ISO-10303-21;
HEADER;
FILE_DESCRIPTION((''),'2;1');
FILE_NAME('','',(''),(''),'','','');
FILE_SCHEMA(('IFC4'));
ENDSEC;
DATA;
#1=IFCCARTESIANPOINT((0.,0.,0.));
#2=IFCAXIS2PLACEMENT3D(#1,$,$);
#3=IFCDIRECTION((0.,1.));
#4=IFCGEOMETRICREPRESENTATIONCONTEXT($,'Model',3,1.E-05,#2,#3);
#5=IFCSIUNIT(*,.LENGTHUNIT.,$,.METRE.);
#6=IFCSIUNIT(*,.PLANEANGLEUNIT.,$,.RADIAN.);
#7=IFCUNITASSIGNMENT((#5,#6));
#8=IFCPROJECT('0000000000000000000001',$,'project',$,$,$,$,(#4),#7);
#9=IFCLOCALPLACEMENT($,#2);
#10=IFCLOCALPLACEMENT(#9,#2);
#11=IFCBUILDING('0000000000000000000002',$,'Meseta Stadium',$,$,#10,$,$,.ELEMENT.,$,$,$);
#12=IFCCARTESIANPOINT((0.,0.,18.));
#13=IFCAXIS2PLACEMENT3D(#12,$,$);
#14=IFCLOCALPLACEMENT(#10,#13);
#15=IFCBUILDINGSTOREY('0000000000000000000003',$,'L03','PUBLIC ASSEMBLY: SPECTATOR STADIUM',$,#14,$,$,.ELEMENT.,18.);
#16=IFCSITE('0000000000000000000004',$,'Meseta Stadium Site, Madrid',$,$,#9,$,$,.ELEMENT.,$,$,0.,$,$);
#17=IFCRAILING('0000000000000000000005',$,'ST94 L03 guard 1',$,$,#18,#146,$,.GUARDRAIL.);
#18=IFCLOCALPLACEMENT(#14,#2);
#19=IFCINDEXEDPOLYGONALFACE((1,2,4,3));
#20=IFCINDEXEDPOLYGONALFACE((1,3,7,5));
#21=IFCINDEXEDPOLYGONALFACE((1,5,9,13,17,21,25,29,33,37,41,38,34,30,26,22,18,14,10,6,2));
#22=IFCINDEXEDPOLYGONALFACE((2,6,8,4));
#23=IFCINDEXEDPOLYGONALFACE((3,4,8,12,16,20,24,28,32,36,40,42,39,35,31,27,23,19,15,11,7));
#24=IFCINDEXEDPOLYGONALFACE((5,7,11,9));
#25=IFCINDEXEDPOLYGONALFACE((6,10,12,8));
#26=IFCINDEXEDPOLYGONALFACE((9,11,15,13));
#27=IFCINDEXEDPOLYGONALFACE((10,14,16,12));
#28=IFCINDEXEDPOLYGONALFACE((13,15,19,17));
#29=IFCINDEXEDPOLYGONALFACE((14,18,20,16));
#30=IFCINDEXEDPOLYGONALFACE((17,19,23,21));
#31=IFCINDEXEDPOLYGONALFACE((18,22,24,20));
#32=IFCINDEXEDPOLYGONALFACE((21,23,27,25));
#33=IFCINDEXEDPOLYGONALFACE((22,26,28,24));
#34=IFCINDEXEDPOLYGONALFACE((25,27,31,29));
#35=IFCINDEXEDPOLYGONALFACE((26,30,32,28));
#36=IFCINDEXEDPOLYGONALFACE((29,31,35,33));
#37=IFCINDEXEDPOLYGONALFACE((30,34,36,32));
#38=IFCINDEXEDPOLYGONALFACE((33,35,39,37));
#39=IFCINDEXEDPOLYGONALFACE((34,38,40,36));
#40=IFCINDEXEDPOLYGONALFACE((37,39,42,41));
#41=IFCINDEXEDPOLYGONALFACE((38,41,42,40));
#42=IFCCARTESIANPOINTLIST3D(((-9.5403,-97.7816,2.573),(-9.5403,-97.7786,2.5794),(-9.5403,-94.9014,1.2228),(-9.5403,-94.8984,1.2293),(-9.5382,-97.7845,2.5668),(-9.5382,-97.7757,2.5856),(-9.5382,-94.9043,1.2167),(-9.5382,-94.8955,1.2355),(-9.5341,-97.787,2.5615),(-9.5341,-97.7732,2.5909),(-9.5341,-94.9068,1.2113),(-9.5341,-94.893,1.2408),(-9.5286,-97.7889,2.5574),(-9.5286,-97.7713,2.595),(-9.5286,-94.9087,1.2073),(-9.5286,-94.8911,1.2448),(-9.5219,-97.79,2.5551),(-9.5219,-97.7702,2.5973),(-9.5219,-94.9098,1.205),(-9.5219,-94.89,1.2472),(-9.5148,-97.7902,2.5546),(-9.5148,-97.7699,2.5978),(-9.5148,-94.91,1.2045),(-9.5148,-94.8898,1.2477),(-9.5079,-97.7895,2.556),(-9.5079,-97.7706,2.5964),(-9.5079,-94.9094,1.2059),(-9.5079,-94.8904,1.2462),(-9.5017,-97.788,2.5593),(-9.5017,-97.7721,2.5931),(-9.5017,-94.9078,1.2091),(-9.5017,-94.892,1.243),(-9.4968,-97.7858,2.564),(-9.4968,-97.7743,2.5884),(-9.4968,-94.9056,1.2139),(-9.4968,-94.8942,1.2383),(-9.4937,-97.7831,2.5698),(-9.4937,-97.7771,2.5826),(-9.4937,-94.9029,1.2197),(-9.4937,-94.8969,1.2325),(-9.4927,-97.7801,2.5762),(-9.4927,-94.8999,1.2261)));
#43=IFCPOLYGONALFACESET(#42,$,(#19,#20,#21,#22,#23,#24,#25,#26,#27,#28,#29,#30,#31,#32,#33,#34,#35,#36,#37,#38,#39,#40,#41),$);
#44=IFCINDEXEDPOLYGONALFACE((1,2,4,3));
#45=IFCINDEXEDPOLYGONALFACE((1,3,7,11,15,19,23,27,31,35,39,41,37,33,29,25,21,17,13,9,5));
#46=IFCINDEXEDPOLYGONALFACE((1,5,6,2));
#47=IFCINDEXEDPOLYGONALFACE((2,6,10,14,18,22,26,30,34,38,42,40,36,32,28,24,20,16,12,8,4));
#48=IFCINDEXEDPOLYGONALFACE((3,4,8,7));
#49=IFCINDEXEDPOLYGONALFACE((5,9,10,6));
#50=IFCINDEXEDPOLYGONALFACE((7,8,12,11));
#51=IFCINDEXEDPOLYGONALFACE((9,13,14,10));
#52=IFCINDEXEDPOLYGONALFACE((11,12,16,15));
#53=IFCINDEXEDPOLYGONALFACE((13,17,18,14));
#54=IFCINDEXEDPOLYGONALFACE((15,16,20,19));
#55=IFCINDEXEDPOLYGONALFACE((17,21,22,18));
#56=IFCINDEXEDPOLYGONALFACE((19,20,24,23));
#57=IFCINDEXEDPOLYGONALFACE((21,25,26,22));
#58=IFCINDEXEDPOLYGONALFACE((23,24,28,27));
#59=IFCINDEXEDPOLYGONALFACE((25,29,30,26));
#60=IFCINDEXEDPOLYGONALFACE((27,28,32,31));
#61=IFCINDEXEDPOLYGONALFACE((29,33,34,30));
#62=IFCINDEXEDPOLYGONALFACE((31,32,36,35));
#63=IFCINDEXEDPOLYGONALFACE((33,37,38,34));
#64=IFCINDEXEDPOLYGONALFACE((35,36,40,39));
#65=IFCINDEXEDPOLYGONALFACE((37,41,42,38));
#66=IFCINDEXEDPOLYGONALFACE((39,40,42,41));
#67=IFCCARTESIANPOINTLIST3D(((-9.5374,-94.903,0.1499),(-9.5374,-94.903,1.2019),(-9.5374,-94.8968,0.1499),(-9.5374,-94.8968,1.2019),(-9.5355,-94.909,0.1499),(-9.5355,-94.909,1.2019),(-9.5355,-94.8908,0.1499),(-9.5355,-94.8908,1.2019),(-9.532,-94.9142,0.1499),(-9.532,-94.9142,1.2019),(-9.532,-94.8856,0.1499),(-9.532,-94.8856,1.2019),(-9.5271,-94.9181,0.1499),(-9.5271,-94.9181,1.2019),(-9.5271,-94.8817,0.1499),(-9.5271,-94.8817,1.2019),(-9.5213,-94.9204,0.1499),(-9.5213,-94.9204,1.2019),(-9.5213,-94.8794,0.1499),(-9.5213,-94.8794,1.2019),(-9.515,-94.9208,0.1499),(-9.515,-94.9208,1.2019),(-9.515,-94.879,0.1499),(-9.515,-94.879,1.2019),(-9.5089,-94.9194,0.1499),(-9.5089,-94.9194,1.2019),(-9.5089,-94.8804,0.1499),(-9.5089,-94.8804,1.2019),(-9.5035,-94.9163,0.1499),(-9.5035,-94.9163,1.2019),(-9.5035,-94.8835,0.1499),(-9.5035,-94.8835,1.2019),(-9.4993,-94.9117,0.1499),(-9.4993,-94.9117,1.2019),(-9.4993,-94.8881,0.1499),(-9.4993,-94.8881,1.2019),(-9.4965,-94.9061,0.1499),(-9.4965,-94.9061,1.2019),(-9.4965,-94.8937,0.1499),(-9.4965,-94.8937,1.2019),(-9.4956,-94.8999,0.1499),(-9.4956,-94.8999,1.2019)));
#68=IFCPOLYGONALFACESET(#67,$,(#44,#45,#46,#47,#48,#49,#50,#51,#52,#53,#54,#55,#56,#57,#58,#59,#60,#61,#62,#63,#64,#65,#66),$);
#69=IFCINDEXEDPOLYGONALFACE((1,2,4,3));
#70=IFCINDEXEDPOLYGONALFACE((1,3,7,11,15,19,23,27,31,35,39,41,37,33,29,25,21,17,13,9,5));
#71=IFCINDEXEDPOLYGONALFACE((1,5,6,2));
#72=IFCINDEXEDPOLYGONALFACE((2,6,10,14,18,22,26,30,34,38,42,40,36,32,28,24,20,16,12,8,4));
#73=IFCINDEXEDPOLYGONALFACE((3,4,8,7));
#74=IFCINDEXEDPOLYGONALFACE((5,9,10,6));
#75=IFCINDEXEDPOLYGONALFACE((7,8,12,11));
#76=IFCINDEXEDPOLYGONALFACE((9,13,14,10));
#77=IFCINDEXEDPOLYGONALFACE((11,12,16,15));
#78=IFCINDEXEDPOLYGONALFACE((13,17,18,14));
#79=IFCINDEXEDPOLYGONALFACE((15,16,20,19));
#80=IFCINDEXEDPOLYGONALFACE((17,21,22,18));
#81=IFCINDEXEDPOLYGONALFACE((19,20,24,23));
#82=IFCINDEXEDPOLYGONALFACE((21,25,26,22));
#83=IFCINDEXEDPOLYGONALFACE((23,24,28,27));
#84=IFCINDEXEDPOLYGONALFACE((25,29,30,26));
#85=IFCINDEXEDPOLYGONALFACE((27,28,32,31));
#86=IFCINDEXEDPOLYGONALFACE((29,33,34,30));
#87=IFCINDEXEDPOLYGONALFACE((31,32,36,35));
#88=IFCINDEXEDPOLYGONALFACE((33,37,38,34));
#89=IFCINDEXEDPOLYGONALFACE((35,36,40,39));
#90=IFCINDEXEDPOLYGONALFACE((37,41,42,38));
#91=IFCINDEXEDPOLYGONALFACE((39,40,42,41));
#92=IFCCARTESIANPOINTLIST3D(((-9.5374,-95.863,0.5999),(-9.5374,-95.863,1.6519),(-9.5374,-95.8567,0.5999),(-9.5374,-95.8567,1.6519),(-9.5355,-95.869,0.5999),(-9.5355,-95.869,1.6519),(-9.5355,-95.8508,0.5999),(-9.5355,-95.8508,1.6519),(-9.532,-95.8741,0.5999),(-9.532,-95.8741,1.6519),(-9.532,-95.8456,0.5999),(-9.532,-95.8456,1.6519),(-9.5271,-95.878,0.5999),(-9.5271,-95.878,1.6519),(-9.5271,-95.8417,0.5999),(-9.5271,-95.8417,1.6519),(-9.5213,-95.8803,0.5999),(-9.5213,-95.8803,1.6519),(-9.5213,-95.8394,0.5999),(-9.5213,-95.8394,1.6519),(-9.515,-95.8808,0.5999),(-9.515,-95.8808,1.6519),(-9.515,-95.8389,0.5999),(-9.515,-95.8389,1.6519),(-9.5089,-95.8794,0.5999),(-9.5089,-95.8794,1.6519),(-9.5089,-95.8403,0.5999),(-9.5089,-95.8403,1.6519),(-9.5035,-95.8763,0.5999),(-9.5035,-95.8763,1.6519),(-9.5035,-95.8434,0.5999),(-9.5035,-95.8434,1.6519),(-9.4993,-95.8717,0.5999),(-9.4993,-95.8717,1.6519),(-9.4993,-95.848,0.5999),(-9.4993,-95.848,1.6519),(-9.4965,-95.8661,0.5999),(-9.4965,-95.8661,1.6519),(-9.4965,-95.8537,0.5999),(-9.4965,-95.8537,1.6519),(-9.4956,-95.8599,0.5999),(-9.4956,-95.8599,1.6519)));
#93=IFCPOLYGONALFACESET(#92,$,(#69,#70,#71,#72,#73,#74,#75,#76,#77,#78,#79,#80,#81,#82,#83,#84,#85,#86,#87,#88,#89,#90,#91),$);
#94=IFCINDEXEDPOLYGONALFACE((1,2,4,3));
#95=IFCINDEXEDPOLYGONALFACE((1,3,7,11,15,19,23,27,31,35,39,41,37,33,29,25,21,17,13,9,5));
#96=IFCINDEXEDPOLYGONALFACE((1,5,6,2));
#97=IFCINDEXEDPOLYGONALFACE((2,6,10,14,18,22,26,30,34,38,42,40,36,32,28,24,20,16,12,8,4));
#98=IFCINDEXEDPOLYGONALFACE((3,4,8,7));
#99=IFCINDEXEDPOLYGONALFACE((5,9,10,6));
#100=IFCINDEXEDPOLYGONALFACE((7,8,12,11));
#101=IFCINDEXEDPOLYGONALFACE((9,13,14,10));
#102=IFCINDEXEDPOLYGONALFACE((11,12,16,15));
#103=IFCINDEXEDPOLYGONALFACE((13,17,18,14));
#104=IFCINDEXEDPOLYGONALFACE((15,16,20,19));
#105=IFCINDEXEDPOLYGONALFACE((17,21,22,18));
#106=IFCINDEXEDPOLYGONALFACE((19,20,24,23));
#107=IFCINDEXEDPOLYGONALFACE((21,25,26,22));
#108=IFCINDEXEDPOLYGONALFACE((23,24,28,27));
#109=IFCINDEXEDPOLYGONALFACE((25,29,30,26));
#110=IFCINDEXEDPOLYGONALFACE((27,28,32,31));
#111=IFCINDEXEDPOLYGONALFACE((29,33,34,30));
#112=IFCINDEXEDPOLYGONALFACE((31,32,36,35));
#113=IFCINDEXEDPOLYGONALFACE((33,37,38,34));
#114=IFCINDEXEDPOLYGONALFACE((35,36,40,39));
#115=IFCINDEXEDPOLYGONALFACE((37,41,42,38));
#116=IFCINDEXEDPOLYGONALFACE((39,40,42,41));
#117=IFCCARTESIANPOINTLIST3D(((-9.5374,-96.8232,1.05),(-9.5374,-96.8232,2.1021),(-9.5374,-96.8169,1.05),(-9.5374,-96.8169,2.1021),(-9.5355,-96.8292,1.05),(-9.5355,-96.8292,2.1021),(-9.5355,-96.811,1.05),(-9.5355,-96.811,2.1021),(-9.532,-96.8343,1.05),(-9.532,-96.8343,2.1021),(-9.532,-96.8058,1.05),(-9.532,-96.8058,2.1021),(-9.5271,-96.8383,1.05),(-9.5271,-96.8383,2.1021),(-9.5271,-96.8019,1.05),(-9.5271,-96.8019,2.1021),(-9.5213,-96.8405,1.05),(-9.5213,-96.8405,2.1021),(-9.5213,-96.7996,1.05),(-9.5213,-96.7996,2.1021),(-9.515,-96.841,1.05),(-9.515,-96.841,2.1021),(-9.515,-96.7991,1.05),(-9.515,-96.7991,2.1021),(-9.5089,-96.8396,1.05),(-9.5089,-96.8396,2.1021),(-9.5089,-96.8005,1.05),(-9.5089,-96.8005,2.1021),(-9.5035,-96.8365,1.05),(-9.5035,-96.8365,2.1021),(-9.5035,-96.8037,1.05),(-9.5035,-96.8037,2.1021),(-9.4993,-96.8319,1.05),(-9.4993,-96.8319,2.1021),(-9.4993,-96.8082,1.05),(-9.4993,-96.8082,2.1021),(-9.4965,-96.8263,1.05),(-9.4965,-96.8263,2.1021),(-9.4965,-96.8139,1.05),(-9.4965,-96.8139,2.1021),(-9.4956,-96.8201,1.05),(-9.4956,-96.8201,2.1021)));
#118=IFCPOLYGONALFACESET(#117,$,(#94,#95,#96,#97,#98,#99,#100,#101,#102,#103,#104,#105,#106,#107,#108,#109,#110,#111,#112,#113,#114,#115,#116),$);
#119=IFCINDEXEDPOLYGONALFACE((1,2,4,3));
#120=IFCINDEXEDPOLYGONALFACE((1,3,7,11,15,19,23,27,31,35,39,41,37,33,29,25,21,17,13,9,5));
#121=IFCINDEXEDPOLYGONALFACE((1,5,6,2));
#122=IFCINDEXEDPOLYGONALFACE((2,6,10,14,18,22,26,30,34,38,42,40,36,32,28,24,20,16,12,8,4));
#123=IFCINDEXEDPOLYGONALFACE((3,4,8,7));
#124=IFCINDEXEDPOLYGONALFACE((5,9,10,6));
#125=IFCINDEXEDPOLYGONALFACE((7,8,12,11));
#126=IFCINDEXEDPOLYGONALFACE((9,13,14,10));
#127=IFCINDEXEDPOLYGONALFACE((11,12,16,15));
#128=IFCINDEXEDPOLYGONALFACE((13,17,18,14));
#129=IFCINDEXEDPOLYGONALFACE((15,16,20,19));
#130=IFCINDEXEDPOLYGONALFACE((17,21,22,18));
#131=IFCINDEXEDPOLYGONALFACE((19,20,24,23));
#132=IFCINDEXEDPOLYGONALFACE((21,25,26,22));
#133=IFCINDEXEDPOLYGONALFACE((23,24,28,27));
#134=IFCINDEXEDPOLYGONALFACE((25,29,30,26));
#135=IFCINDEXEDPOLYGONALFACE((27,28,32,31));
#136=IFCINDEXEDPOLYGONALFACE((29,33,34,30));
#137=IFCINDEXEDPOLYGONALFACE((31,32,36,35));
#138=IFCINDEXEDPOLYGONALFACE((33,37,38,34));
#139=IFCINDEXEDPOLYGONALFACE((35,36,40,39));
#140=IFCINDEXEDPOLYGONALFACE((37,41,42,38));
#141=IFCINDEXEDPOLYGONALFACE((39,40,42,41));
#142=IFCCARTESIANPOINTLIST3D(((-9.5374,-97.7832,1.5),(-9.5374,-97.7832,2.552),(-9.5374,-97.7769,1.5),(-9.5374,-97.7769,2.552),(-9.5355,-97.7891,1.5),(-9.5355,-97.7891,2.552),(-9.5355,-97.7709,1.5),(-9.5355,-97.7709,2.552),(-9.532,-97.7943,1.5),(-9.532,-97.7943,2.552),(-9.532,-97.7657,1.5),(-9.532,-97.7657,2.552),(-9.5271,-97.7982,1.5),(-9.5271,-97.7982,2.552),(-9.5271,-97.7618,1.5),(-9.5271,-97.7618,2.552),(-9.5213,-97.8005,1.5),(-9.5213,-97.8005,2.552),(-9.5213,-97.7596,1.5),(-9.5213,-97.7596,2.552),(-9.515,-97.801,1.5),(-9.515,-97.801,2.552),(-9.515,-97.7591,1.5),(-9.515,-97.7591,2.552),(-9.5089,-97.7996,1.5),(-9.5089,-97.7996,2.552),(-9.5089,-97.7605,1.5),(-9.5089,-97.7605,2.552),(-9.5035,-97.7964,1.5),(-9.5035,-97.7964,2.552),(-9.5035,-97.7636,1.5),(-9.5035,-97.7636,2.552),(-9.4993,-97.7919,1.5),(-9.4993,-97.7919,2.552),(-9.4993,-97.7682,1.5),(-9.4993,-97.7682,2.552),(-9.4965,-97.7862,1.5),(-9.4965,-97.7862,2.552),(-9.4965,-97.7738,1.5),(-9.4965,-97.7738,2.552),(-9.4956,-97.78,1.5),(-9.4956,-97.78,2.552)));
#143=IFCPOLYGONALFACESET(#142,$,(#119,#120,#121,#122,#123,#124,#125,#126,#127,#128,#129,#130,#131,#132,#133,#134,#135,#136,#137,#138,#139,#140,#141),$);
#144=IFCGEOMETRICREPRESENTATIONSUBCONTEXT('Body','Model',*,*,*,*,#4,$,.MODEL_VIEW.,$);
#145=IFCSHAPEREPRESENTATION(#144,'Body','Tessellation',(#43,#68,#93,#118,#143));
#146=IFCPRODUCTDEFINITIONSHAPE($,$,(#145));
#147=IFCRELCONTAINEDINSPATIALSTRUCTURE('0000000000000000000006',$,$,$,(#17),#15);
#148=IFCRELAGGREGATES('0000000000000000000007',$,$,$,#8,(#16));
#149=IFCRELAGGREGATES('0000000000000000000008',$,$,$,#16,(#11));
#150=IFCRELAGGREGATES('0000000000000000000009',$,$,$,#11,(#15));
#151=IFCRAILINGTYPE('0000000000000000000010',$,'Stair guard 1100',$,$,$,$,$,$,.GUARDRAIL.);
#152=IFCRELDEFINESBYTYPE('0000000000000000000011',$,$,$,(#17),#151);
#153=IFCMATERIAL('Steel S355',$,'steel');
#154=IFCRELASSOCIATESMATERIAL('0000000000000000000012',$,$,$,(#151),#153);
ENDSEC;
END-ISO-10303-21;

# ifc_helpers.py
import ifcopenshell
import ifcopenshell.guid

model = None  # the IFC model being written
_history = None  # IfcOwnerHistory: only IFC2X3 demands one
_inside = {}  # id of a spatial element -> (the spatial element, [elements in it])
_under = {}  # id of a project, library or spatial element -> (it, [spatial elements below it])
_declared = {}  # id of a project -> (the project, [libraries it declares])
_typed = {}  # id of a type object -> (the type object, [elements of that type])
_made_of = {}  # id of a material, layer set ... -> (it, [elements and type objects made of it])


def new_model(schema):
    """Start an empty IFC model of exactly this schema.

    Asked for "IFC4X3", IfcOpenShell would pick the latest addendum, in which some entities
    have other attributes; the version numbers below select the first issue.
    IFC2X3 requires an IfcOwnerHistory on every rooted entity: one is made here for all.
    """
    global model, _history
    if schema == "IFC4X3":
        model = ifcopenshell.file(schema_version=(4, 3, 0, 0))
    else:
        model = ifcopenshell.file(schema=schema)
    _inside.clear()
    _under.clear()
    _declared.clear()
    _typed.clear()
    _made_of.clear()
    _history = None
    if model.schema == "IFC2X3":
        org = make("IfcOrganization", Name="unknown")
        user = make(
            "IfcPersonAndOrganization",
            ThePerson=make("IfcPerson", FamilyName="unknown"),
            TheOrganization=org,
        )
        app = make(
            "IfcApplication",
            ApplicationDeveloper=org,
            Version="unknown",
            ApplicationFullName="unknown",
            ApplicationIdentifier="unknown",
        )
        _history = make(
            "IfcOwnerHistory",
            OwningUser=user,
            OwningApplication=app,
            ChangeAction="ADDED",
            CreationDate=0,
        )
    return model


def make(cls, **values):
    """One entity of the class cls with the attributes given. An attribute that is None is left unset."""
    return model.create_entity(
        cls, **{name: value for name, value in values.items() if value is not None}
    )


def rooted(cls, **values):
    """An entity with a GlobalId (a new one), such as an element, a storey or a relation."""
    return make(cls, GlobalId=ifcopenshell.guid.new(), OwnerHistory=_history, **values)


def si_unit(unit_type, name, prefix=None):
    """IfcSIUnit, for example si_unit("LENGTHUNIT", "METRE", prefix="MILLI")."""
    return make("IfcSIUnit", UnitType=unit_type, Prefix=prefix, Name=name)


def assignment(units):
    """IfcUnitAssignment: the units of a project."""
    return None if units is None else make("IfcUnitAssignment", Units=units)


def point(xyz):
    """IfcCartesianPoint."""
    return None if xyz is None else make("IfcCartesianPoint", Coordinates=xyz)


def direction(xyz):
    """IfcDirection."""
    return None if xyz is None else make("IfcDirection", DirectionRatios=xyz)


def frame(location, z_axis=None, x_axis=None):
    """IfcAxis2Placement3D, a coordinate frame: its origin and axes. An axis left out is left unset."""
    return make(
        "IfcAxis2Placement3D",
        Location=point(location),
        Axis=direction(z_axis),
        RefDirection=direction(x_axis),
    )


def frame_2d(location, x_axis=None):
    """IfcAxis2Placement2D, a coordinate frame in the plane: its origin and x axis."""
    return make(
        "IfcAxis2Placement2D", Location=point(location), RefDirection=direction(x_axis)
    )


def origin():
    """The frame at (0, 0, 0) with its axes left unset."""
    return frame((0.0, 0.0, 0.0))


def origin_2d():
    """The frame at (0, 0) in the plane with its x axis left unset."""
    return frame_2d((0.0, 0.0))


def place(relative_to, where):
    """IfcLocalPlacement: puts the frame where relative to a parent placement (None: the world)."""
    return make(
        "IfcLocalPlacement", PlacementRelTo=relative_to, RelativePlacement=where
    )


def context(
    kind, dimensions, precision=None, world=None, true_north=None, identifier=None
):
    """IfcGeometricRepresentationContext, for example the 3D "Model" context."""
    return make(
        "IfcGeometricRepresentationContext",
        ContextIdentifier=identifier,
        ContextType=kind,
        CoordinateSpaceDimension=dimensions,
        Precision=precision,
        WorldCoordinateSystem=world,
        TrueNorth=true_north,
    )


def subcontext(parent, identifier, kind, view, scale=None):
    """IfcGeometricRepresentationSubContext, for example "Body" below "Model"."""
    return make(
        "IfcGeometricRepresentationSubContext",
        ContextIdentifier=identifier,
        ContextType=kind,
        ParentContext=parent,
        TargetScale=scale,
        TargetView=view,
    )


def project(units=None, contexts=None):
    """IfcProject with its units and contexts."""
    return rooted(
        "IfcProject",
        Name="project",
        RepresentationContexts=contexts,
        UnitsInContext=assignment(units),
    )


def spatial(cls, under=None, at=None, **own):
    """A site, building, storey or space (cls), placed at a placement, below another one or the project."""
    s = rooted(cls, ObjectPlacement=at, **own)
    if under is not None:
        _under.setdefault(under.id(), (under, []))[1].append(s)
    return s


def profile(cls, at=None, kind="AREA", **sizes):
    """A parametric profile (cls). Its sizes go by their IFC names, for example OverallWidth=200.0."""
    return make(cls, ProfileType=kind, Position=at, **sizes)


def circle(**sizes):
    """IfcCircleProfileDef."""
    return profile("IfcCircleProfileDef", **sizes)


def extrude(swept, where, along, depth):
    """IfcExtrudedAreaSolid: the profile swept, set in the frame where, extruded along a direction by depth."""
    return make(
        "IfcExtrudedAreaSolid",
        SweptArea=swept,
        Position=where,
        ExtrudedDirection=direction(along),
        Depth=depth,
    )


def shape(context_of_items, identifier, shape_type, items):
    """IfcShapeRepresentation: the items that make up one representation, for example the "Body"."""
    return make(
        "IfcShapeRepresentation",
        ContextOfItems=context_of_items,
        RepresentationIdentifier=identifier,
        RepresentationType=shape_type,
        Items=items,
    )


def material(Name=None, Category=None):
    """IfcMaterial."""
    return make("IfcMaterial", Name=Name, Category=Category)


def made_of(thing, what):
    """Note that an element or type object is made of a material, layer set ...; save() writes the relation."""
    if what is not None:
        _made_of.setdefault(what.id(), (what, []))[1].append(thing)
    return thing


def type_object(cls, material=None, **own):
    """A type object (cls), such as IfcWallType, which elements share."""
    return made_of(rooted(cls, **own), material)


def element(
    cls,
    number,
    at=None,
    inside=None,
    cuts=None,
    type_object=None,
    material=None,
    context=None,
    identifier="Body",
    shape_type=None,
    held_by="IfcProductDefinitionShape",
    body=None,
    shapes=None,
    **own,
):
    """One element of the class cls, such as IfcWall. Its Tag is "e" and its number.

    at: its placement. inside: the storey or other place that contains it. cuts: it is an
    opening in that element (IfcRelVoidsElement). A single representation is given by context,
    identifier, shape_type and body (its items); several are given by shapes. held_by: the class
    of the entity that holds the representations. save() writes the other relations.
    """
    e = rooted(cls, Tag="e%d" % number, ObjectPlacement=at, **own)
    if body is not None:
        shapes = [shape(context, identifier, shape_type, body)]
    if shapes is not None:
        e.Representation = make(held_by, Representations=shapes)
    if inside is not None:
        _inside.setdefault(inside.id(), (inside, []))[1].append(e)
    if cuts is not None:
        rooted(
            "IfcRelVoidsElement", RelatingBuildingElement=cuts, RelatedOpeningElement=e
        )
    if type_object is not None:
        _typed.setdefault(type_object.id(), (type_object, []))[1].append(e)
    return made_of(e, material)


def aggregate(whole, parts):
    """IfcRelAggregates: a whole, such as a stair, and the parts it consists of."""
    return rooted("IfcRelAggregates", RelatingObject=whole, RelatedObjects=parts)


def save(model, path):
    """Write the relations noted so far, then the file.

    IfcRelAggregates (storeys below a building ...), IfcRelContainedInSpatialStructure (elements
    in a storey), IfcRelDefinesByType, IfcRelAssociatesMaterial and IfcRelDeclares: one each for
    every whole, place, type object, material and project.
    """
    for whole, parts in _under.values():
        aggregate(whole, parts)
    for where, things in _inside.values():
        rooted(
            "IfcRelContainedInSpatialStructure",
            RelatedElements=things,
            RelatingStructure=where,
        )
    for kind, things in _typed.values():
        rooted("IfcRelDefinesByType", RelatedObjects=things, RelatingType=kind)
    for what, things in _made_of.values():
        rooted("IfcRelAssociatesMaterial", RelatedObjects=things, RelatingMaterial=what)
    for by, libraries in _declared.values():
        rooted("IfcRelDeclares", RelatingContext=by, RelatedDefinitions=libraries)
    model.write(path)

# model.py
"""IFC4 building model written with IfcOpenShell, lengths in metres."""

from ifc_helpers import new_model, si_unit, direction, frame, origin, origin_2d, place, context, subcontext, project, spatial, circle, extrude, material, type_object, element, save


model = new_model("IFC4")

# Units and contexts
model_context = context("Model", 3, precision=1e-05, world=origin(), true_north=direction((0.0, 1.0)))
body_context = subcontext(model_context, "Body", "Model", "MODEL_VIEW")
ifc_project = project(units=[si_unit("LENGTHUNIT", "METRE"), si_unit("PLANEANGLEUNIT", "RADIAN")], contexts=[model_context])

# Site, building, storey
site_placement = place(None, origin())
site = spatial("IfcSite", under=ifc_project, at=site_placement, Name="Meseta Stadium Site, Madrid", CompositionType="ELEMENT", RefElevation=0.0)
building_placement = place(site_placement, origin())
building = spatial("IfcBuilding", under=site, at=building_placement, Name="Meseta Stadium", CompositionType="ELEMENT")
storey_placement = place(building_placement, frame((0.0, 0.0, 18.0)))
storey = spatial("IfcBuildingStorey", under=building, at=storey_placement, Name="L03", Description="PUBLIC ASSEMBLY: SPECTATOR STADIUM", CompositionType="ELEMENT", Elevation=18.0)

# Railing
ifc_material_1 = material(Name="Steel S355", Category="steel")
railing_type_1 = type_object("IfcRailingType", Name="Stair guard 1100", PredefinedType="GUARDRAIL", material=ifc_material_1)
railing_1_placement = place(storey_placement, frame((-9.5166, -94.8999, 0.1499)))
element("IfcRailing", 1, at=railing_1_placement, inside=storey, type_object=railing_type_1, Name="ST94 L03 guard 1", PredefinedType="GUARDRAIL", context=body_context, shape_type="SweptSolid", body=[
    extrude(circle(Radius=0.0239, at=origin_2d()), frame((0.0, 0.0, 1.0762), z_axis=(0.0, -0.905454, 0.424444), x_axis=(1.0, 0.0, 0.0)), (0.0, 0.0, 1.0), 3.1809),
    extrude(circle(Radius=0.021, at=origin_2d()), origin(), (0.0, 0.0, 1.0), 1.052),
    extrude(circle(Radius=0.021, at=origin_2d()), frame((0.0, -0.96, 0.45)), (0.0, 0.0, 1.0), 1.052),
    extrude(circle(Radius=0.021, at=origin_2d()), frame((0.0, -1.9202, 0.9001)), (0.0, 0.0, 1.0), 1.052),
    extrude(circle(Radius=0.021, at=origin_2d()), frame((0.0, -2.8801, 1.3501)), (0.0, 0.0, 1.0), 1.052),
])

save(model, "model.ifc")
